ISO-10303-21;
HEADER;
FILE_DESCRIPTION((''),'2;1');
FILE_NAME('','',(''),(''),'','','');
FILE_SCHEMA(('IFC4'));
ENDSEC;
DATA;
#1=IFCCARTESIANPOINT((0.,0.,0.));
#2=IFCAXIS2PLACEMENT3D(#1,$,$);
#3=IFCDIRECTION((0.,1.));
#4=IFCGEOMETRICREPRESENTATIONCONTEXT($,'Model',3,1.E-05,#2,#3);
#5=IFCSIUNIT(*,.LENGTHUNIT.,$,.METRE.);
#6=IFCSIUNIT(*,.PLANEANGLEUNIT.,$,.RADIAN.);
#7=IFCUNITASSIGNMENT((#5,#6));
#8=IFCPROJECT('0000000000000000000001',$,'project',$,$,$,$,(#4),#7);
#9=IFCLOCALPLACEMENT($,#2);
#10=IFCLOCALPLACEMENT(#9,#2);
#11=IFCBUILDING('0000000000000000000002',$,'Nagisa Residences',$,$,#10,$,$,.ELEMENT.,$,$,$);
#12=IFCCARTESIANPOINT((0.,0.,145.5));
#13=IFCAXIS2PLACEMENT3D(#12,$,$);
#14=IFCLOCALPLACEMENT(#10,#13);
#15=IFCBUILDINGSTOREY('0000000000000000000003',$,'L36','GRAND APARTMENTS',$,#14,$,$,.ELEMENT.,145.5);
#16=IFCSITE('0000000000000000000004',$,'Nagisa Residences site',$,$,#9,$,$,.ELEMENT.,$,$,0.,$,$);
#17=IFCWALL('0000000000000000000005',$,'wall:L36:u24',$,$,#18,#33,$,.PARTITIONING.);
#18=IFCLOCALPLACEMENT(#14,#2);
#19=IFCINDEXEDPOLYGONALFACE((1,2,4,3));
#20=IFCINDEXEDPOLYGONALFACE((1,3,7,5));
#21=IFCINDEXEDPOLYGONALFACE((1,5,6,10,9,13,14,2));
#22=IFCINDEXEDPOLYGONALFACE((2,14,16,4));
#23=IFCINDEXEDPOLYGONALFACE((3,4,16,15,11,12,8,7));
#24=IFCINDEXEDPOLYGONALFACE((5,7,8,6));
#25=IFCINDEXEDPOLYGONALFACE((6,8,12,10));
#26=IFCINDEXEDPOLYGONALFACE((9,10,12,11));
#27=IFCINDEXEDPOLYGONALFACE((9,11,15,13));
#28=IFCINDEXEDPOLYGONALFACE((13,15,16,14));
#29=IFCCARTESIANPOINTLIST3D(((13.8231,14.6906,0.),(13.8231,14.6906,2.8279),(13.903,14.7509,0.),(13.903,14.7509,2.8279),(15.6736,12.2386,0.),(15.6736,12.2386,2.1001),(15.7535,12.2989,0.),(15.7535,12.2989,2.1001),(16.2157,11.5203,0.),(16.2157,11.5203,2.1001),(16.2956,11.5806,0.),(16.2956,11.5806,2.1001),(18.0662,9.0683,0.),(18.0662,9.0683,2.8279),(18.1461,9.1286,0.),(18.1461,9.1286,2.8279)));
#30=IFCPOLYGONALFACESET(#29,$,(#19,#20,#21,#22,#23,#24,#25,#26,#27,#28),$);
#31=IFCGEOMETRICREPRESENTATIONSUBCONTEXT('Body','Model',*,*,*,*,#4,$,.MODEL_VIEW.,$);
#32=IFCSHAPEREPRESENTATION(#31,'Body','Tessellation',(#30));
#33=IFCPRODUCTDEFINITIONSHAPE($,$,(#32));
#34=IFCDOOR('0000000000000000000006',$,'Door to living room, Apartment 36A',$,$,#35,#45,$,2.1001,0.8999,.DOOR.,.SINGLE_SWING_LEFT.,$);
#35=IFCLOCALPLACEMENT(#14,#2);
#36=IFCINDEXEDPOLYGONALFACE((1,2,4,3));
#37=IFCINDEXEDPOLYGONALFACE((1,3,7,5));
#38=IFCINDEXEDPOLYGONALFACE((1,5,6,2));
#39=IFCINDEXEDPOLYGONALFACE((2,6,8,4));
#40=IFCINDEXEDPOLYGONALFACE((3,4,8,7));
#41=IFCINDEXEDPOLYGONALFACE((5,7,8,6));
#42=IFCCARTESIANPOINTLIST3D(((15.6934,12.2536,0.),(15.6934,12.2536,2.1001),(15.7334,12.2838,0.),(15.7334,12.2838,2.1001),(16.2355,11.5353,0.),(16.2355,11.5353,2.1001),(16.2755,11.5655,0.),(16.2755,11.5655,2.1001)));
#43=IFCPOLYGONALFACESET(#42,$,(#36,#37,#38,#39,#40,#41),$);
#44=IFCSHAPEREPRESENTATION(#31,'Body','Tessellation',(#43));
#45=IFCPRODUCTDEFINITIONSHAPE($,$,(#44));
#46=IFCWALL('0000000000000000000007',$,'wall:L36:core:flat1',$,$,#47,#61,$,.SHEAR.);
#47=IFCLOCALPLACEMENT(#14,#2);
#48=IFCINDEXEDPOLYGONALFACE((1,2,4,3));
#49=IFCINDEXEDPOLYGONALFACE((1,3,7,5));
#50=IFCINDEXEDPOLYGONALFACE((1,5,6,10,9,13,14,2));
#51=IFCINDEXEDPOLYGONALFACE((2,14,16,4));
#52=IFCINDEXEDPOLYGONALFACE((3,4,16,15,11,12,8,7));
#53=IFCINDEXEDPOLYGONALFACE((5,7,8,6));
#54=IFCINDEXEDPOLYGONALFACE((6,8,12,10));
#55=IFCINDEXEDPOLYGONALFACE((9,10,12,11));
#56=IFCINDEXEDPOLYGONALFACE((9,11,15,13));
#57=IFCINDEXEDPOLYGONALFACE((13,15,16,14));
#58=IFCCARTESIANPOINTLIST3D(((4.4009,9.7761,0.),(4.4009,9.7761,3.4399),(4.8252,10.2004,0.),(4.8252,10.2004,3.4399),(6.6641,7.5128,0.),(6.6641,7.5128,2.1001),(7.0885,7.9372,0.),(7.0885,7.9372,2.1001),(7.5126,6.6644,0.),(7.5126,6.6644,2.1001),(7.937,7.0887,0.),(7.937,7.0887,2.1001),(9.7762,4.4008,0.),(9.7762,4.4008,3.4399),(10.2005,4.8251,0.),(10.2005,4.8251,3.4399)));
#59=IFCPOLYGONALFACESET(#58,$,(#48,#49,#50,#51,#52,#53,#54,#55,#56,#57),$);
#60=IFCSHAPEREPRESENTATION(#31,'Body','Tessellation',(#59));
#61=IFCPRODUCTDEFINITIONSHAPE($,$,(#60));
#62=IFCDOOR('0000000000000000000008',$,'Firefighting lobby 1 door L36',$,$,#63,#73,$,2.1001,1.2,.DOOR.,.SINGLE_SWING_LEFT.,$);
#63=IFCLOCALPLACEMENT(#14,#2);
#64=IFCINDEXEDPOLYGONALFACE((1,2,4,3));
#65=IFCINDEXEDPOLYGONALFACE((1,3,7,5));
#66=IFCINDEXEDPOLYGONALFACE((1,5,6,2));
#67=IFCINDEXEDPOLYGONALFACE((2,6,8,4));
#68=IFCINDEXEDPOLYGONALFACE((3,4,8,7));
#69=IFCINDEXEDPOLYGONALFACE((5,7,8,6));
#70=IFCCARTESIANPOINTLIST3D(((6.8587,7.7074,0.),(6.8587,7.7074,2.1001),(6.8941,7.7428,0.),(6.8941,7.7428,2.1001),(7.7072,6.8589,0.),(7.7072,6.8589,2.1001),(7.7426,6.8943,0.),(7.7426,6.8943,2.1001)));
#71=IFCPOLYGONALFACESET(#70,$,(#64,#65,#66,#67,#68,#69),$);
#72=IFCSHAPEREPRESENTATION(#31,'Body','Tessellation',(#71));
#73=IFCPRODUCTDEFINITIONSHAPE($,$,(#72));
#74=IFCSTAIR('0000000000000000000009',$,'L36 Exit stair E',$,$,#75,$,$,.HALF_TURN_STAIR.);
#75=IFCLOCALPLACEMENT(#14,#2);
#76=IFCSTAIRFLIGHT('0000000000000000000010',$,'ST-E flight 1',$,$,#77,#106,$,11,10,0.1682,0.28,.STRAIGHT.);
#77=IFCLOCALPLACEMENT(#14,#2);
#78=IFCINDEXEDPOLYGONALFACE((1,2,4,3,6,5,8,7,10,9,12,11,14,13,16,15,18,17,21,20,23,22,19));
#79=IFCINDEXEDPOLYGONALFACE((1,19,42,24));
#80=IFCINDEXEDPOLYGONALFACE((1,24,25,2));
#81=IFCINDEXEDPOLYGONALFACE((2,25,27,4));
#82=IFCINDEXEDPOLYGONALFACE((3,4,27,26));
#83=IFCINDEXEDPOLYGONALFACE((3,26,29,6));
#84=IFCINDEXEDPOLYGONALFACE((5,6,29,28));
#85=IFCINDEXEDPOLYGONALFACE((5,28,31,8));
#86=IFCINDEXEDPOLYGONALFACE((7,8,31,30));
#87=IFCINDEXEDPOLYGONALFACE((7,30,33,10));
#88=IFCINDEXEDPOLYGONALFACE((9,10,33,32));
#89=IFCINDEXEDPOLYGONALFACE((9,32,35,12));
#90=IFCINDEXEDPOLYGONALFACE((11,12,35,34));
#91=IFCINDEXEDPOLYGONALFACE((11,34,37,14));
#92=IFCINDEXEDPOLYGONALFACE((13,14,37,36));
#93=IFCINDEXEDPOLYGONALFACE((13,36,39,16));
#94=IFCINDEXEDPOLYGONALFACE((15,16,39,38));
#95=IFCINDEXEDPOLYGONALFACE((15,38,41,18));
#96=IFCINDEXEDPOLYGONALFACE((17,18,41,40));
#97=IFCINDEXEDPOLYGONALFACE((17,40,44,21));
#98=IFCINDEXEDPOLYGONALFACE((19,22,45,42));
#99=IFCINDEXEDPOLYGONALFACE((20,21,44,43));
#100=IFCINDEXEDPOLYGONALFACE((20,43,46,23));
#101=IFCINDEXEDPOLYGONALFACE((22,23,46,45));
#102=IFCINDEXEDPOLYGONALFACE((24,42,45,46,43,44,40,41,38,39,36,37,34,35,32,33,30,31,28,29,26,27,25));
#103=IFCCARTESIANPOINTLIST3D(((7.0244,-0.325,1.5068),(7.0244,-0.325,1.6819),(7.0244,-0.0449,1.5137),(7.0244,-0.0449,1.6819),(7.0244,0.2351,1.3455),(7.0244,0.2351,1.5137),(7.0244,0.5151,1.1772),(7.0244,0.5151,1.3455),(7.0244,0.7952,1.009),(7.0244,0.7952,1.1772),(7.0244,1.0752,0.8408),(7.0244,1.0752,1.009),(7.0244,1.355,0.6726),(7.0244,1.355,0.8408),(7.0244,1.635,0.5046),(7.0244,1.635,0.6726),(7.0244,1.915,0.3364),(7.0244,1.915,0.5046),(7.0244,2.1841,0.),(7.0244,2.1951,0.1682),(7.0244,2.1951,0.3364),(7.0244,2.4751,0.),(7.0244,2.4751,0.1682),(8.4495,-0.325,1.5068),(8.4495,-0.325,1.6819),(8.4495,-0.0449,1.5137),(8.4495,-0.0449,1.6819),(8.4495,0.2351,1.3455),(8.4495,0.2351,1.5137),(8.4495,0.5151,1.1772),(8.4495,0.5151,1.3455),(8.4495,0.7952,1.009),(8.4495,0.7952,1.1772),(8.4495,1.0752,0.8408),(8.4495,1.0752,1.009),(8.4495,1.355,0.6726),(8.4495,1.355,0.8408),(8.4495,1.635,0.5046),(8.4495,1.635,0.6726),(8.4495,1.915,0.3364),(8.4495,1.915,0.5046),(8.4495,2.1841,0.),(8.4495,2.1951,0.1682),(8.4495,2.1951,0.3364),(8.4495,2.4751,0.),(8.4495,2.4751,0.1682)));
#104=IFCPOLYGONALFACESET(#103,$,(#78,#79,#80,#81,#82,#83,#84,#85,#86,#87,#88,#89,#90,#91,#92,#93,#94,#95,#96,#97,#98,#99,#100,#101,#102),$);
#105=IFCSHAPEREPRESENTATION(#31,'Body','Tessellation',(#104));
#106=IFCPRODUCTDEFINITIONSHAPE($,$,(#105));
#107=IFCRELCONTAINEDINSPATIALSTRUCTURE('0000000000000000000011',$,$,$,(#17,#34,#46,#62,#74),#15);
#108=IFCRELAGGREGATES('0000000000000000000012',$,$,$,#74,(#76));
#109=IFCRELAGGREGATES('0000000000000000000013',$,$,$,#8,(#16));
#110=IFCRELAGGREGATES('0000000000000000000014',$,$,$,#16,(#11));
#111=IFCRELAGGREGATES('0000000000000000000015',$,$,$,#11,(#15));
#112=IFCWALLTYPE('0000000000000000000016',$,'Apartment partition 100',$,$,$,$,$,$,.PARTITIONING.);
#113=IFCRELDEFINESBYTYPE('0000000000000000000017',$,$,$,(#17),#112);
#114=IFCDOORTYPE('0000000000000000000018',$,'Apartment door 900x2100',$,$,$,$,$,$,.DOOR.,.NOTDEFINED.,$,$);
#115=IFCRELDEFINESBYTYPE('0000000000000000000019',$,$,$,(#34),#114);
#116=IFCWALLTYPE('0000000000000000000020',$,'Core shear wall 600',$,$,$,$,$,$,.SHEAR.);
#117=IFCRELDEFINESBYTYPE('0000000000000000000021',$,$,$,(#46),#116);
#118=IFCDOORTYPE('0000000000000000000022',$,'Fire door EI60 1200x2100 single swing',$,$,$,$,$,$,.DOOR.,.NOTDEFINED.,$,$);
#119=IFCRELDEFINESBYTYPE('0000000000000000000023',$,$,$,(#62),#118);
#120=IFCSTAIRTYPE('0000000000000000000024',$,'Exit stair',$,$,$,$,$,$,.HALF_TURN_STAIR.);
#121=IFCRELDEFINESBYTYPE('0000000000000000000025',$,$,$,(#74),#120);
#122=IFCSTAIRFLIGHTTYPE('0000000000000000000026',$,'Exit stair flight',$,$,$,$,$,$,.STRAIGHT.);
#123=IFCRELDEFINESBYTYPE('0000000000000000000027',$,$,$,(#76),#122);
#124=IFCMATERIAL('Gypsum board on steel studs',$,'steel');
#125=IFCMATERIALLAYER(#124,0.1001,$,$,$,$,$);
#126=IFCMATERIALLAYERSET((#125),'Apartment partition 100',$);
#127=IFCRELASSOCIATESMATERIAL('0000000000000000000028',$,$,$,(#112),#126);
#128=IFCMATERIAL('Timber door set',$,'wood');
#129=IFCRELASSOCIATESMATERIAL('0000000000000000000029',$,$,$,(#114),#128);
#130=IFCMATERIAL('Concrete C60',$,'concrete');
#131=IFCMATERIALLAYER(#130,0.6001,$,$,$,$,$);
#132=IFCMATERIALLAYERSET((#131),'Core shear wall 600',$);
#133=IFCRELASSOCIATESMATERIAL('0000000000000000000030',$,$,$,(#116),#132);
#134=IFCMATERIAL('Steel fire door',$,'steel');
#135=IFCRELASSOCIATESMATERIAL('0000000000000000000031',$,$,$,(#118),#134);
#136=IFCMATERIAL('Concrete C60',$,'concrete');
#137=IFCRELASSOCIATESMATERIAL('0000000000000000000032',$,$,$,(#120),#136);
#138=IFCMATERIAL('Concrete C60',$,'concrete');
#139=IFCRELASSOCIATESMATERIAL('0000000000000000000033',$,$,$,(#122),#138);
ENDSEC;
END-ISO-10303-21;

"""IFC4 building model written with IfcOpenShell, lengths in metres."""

from ifc_helpers import new_model, si_unit, direction, frame, frame_2d, origin, place, context, subcontext, project, spatial, polyline, rectangle, outline, extrude, material, layer, layer_set, type_object, element, fill, aggregate, save


model = new_model("IFC4")

# Units and contexts
model_context = context("Model", 3, precision=1e-05, world=origin(), true_north=direction((0.0, 1.0)))
body_context = subcontext(model_context, "Body", "Model", "MODEL_VIEW")
ifc_project = project(units=[si_unit("LENGTHUNIT", "METRE"), si_unit("PLANEANGLEUNIT", "RADIAN")], contexts=[model_context])

# Site, building, storey
site_placement = place(None, origin())
site = spatial("IfcSite", under=ifc_project, at=site_placement, Name="Nagisa Residences site", CompositionType="ELEMENT", RefElevation=0.0)
building_placement = place(site_placement, origin())
building = spatial("IfcBuilding", under=site, at=building_placement, Name="Nagisa Residences", CompositionType="ELEMENT")
storey_placement = place(building_placement, frame((0.0, 0.0, 145.5)))
storey = spatial("IfcBuildingStorey", under=building, at=storey_placement, Name="L36", Description="GRAND APARTMENTS", CompositionType="ELEMENT", Elevation=145.5)

# Shared definitions
ifc_material_1 = material(Name="Gypsum board on steel studs", Category="steel")
ifc_layer_1 = layer(ifc_material_1, 0.1001)
ifc_layer_set_1 = layer_set([ifc_layer_1], Name="Apartment partition 100")
wall_type_1 = type_object("IfcWallType", Name="Apartment partition 100", PredefinedType="PARTITIONING", material=ifc_layer_set_1)

# Shared definitions
ifc_material_2 = material(Name="Timber door set", Category="wood")
door_type_1 = type_object("IfcDoorType", Name="Apartment door 900x2100", OperationType="NOTDEFINED", PredefinedType="DOOR", material=ifc_material_2)

# Walls, openings, doors
wall_1_placement = place(storey_placement, frame((18.1062, 9.0984, 0.0), z_axis=(0.0, 0.0, 1.0), x_axis=(-0.602399, 0.798195, 0.0)))
wall_1 = element("IfcWall", 1, at=wall_1_placement, inside=storey, type_object=wall_type_1, Name="wall:L36:u24", PredefinedType="PARTITIONING", context=body_context, shape_type="SweptSolid", body=[
    extrude(rectangle(XDim=7.0437, YDim=0.1001, at=frame_2d((3.522, 0.0))), origin(), (0.0, 0.0, 1.0), 2.8279),
])
opening_1_placement = place(wall_1_placement, frame((3.072, 0.0, 0.0)))
opening_1 = element("IfcOpeningElement", 2, at=opening_1_placement, cuts=wall_1, PredefinedType="OPENING", context=body_context, shape_type="SweptSolid", body=[
    extrude(rectangle(XDim=0.8999, YDim=2.1001, at=frame_2d((0.45, 1.05))), frame((0.0, 0.0601, 0.0), z_axis=(0.0, -1.0, 0.0), x_axis=(1.0, 0.0, 0.0)), (0.0, 0.0, 1.0), 0.1201),
])
door_1_placement = place(opening_1_placement, frame((0.8999, 0.0, 0.0), x_axis=(-1.0, 0.0, 0.0)))
door_1 = element("IfcDoor", 3, at=door_1_placement, inside=storey, type_object=door_type_1, Name="Door to living room, Apartment 36A", OperationType="SINGLE_SWING_LEFT", OverallHeight=2.1001, OverallWidth=0.8999, PredefinedType="DOOR", context=body_context, shape_type="SweptSolid", body=[
    extrude(rectangle(XDim=0.8999, YDim=2.1001, at=frame_2d((0.45, 1.05))), frame((0.0, 0.0249, 0.0), z_axis=(0.0, -1.0, 0.0), x_axis=(1.0, 0.0, 0.0)), (0.0, 0.0, 1.0), 0.05),
])
fill(opening_1, door_1)
ifc_material_3 = material(Name="Concrete C60", Category="concrete")
ifc_layer_2 = layer(ifc_material_3, 0.6001)
ifc_layer_set_2 = layer_set([ifc_layer_2], Name="Core shear wall 600")
wall_type_2 = type_object("IfcWallType", Name="Core shear wall 600", PredefinedType="SHEAR", material=ifc_layer_set_2)
wall_2_placement = place(storey_placement, frame((9.9883, 4.613, 0.0), z_axis=(0.0, 0.0, 1.0), x_axis=(-0.707107, 0.707107, 0.0)))
wall_2 = element("IfcWall", 4, at=wall_2_placement, inside=storey, type_object=wall_type_2, Name="wall:L36:core:flat1", PredefinedType="SHEAR", context=body_context, shape_type="SweptSolid", body=[
    extrude(rectangle(XDim=7.6018, YDim=0.6001, at=frame_2d((3.8008, 0.0))), origin(), (0.0, 0.0, 1.0), 3.4399),
])
opening_2_placement = place(wall_2_placement, frame((3.2009, 0.0, 0.0)))
opening_2 = element("IfcOpeningElement", 5, at=opening_2_placement, cuts=wall_2, PredefinedType="OPENING", context=body_context, shape_type="SweptSolid", body=[
    extrude(rectangle(XDim=1.2, YDim=2.1001, at=frame_2d((0.6001, 1.05))), frame((0.0, 0.3101, 0.0), z_axis=(0.0, -1.0, 0.0), x_axis=(1.0, 0.0, 0.0)), (0.0, 0.0, 1.0), 0.6201),
])
ifc_material_4 = material(Name="Steel fire door", Category="steel")
door_type_2 = type_object("IfcDoorType", Name="Fire door EI60 1200x2100 single swing", OperationType="NOTDEFINED", PredefinedType="DOOR", material=ifc_material_4)
door_2_placement = place(opening_2_placement, origin())
door_2 = element("IfcDoor", 6, at=door_2_placement, inside=storey, type_object=door_type_2, Name="Firefighting lobby 1 door L36", OperationType="SINGLE_SWING_LEFT", OverallHeight=2.1001, OverallWidth=1.2, PredefinedType="DOOR", context=body_context, shape_type="SweptSolid", body=[
    extrude(rectangle(XDim=1.2, YDim=2.1001, at=frame_2d((0.6001, 1.05))), frame((0.0, 0.0249, 0.0), z_axis=(0.0, -1.0, 0.0), x_axis=(1.0, 0.0, 0.0)), (0.0, 0.0, 1.0), 0.05),
])
fill(opening_2, door_2)

# Stair, stair flight
ifc_material_5 = material(Name="Concrete C60", Category="concrete")
stair_type = type_object("IfcStairType", Name="Exit stair", PredefinedType="HALF_TURN_STAIR", material=ifc_material_5)
stair_placement = place(storey_placement, origin())
stair = element("IfcStair", 7, at=stair_placement, inside=storey, type_object=stair_type, Name="L36 Exit stair E", PredefinedType="HALF_TURN_STAIR")
ifc_material_6 = material(Name="Concrete C60", Category="concrete")
stair_flight_type = type_object("IfcStairFlightType", Name="Exit stair flight", PredefinedType="STRAIGHT", material=ifc_material_6)
stair_flight_placement = place(storey_placement, frame((7.7371, 2.4751, 0.0), z_axis=(0.0, 0.0, 1.0), x_axis=(0.0, -1.0, 0.0)))
stair_flight = element("IfcStairFlight", 8, at=stair_flight_placement, type_object=stair_flight_type, Name="ST-E flight 1", NumberOfRisers=11, NumberOfTreads=10, PredefinedType="STRAIGHT", RiserHeight=0.1682, TreadLength=0.28, context=body_context, shape_type="SweptSolid", body=[
    extrude(outline(polyline([(0.0, 0.0), (0.0, 0.1682), (0.28, 0.1682), (0.28, 0.3364), (0.5601, 0.3364), (0.5601, 0.5046), (0.8401, 0.5046), (0.8401, 0.6726), (1.1201, 0.6726), (1.1201, 0.8408), (1.3999, 0.8408), (1.3999, 1.009), (1.6799, 1.009), (1.6799, 1.1772), (1.96, 1.1772), (1.96, 1.3455), (2.24, 1.3455), (2.24, 1.5137), (2.52, 1.5137), (2.52, 1.6819), (2.8, 1.6819), (2.8, 1.8501), (2.8, 1.5068), (0.291, 0.0), (0.0, 0.0)])), frame((0.0, 0.7124, 0.0), z_axis=(0.0, -1.0, 0.0), x_axis=(1.0, 0.0, 0.0)), (0.0, 0.0, 1.0), 1.425),
])
aggregate(stair, [stair_flight])

save(model, "model.ifc")
